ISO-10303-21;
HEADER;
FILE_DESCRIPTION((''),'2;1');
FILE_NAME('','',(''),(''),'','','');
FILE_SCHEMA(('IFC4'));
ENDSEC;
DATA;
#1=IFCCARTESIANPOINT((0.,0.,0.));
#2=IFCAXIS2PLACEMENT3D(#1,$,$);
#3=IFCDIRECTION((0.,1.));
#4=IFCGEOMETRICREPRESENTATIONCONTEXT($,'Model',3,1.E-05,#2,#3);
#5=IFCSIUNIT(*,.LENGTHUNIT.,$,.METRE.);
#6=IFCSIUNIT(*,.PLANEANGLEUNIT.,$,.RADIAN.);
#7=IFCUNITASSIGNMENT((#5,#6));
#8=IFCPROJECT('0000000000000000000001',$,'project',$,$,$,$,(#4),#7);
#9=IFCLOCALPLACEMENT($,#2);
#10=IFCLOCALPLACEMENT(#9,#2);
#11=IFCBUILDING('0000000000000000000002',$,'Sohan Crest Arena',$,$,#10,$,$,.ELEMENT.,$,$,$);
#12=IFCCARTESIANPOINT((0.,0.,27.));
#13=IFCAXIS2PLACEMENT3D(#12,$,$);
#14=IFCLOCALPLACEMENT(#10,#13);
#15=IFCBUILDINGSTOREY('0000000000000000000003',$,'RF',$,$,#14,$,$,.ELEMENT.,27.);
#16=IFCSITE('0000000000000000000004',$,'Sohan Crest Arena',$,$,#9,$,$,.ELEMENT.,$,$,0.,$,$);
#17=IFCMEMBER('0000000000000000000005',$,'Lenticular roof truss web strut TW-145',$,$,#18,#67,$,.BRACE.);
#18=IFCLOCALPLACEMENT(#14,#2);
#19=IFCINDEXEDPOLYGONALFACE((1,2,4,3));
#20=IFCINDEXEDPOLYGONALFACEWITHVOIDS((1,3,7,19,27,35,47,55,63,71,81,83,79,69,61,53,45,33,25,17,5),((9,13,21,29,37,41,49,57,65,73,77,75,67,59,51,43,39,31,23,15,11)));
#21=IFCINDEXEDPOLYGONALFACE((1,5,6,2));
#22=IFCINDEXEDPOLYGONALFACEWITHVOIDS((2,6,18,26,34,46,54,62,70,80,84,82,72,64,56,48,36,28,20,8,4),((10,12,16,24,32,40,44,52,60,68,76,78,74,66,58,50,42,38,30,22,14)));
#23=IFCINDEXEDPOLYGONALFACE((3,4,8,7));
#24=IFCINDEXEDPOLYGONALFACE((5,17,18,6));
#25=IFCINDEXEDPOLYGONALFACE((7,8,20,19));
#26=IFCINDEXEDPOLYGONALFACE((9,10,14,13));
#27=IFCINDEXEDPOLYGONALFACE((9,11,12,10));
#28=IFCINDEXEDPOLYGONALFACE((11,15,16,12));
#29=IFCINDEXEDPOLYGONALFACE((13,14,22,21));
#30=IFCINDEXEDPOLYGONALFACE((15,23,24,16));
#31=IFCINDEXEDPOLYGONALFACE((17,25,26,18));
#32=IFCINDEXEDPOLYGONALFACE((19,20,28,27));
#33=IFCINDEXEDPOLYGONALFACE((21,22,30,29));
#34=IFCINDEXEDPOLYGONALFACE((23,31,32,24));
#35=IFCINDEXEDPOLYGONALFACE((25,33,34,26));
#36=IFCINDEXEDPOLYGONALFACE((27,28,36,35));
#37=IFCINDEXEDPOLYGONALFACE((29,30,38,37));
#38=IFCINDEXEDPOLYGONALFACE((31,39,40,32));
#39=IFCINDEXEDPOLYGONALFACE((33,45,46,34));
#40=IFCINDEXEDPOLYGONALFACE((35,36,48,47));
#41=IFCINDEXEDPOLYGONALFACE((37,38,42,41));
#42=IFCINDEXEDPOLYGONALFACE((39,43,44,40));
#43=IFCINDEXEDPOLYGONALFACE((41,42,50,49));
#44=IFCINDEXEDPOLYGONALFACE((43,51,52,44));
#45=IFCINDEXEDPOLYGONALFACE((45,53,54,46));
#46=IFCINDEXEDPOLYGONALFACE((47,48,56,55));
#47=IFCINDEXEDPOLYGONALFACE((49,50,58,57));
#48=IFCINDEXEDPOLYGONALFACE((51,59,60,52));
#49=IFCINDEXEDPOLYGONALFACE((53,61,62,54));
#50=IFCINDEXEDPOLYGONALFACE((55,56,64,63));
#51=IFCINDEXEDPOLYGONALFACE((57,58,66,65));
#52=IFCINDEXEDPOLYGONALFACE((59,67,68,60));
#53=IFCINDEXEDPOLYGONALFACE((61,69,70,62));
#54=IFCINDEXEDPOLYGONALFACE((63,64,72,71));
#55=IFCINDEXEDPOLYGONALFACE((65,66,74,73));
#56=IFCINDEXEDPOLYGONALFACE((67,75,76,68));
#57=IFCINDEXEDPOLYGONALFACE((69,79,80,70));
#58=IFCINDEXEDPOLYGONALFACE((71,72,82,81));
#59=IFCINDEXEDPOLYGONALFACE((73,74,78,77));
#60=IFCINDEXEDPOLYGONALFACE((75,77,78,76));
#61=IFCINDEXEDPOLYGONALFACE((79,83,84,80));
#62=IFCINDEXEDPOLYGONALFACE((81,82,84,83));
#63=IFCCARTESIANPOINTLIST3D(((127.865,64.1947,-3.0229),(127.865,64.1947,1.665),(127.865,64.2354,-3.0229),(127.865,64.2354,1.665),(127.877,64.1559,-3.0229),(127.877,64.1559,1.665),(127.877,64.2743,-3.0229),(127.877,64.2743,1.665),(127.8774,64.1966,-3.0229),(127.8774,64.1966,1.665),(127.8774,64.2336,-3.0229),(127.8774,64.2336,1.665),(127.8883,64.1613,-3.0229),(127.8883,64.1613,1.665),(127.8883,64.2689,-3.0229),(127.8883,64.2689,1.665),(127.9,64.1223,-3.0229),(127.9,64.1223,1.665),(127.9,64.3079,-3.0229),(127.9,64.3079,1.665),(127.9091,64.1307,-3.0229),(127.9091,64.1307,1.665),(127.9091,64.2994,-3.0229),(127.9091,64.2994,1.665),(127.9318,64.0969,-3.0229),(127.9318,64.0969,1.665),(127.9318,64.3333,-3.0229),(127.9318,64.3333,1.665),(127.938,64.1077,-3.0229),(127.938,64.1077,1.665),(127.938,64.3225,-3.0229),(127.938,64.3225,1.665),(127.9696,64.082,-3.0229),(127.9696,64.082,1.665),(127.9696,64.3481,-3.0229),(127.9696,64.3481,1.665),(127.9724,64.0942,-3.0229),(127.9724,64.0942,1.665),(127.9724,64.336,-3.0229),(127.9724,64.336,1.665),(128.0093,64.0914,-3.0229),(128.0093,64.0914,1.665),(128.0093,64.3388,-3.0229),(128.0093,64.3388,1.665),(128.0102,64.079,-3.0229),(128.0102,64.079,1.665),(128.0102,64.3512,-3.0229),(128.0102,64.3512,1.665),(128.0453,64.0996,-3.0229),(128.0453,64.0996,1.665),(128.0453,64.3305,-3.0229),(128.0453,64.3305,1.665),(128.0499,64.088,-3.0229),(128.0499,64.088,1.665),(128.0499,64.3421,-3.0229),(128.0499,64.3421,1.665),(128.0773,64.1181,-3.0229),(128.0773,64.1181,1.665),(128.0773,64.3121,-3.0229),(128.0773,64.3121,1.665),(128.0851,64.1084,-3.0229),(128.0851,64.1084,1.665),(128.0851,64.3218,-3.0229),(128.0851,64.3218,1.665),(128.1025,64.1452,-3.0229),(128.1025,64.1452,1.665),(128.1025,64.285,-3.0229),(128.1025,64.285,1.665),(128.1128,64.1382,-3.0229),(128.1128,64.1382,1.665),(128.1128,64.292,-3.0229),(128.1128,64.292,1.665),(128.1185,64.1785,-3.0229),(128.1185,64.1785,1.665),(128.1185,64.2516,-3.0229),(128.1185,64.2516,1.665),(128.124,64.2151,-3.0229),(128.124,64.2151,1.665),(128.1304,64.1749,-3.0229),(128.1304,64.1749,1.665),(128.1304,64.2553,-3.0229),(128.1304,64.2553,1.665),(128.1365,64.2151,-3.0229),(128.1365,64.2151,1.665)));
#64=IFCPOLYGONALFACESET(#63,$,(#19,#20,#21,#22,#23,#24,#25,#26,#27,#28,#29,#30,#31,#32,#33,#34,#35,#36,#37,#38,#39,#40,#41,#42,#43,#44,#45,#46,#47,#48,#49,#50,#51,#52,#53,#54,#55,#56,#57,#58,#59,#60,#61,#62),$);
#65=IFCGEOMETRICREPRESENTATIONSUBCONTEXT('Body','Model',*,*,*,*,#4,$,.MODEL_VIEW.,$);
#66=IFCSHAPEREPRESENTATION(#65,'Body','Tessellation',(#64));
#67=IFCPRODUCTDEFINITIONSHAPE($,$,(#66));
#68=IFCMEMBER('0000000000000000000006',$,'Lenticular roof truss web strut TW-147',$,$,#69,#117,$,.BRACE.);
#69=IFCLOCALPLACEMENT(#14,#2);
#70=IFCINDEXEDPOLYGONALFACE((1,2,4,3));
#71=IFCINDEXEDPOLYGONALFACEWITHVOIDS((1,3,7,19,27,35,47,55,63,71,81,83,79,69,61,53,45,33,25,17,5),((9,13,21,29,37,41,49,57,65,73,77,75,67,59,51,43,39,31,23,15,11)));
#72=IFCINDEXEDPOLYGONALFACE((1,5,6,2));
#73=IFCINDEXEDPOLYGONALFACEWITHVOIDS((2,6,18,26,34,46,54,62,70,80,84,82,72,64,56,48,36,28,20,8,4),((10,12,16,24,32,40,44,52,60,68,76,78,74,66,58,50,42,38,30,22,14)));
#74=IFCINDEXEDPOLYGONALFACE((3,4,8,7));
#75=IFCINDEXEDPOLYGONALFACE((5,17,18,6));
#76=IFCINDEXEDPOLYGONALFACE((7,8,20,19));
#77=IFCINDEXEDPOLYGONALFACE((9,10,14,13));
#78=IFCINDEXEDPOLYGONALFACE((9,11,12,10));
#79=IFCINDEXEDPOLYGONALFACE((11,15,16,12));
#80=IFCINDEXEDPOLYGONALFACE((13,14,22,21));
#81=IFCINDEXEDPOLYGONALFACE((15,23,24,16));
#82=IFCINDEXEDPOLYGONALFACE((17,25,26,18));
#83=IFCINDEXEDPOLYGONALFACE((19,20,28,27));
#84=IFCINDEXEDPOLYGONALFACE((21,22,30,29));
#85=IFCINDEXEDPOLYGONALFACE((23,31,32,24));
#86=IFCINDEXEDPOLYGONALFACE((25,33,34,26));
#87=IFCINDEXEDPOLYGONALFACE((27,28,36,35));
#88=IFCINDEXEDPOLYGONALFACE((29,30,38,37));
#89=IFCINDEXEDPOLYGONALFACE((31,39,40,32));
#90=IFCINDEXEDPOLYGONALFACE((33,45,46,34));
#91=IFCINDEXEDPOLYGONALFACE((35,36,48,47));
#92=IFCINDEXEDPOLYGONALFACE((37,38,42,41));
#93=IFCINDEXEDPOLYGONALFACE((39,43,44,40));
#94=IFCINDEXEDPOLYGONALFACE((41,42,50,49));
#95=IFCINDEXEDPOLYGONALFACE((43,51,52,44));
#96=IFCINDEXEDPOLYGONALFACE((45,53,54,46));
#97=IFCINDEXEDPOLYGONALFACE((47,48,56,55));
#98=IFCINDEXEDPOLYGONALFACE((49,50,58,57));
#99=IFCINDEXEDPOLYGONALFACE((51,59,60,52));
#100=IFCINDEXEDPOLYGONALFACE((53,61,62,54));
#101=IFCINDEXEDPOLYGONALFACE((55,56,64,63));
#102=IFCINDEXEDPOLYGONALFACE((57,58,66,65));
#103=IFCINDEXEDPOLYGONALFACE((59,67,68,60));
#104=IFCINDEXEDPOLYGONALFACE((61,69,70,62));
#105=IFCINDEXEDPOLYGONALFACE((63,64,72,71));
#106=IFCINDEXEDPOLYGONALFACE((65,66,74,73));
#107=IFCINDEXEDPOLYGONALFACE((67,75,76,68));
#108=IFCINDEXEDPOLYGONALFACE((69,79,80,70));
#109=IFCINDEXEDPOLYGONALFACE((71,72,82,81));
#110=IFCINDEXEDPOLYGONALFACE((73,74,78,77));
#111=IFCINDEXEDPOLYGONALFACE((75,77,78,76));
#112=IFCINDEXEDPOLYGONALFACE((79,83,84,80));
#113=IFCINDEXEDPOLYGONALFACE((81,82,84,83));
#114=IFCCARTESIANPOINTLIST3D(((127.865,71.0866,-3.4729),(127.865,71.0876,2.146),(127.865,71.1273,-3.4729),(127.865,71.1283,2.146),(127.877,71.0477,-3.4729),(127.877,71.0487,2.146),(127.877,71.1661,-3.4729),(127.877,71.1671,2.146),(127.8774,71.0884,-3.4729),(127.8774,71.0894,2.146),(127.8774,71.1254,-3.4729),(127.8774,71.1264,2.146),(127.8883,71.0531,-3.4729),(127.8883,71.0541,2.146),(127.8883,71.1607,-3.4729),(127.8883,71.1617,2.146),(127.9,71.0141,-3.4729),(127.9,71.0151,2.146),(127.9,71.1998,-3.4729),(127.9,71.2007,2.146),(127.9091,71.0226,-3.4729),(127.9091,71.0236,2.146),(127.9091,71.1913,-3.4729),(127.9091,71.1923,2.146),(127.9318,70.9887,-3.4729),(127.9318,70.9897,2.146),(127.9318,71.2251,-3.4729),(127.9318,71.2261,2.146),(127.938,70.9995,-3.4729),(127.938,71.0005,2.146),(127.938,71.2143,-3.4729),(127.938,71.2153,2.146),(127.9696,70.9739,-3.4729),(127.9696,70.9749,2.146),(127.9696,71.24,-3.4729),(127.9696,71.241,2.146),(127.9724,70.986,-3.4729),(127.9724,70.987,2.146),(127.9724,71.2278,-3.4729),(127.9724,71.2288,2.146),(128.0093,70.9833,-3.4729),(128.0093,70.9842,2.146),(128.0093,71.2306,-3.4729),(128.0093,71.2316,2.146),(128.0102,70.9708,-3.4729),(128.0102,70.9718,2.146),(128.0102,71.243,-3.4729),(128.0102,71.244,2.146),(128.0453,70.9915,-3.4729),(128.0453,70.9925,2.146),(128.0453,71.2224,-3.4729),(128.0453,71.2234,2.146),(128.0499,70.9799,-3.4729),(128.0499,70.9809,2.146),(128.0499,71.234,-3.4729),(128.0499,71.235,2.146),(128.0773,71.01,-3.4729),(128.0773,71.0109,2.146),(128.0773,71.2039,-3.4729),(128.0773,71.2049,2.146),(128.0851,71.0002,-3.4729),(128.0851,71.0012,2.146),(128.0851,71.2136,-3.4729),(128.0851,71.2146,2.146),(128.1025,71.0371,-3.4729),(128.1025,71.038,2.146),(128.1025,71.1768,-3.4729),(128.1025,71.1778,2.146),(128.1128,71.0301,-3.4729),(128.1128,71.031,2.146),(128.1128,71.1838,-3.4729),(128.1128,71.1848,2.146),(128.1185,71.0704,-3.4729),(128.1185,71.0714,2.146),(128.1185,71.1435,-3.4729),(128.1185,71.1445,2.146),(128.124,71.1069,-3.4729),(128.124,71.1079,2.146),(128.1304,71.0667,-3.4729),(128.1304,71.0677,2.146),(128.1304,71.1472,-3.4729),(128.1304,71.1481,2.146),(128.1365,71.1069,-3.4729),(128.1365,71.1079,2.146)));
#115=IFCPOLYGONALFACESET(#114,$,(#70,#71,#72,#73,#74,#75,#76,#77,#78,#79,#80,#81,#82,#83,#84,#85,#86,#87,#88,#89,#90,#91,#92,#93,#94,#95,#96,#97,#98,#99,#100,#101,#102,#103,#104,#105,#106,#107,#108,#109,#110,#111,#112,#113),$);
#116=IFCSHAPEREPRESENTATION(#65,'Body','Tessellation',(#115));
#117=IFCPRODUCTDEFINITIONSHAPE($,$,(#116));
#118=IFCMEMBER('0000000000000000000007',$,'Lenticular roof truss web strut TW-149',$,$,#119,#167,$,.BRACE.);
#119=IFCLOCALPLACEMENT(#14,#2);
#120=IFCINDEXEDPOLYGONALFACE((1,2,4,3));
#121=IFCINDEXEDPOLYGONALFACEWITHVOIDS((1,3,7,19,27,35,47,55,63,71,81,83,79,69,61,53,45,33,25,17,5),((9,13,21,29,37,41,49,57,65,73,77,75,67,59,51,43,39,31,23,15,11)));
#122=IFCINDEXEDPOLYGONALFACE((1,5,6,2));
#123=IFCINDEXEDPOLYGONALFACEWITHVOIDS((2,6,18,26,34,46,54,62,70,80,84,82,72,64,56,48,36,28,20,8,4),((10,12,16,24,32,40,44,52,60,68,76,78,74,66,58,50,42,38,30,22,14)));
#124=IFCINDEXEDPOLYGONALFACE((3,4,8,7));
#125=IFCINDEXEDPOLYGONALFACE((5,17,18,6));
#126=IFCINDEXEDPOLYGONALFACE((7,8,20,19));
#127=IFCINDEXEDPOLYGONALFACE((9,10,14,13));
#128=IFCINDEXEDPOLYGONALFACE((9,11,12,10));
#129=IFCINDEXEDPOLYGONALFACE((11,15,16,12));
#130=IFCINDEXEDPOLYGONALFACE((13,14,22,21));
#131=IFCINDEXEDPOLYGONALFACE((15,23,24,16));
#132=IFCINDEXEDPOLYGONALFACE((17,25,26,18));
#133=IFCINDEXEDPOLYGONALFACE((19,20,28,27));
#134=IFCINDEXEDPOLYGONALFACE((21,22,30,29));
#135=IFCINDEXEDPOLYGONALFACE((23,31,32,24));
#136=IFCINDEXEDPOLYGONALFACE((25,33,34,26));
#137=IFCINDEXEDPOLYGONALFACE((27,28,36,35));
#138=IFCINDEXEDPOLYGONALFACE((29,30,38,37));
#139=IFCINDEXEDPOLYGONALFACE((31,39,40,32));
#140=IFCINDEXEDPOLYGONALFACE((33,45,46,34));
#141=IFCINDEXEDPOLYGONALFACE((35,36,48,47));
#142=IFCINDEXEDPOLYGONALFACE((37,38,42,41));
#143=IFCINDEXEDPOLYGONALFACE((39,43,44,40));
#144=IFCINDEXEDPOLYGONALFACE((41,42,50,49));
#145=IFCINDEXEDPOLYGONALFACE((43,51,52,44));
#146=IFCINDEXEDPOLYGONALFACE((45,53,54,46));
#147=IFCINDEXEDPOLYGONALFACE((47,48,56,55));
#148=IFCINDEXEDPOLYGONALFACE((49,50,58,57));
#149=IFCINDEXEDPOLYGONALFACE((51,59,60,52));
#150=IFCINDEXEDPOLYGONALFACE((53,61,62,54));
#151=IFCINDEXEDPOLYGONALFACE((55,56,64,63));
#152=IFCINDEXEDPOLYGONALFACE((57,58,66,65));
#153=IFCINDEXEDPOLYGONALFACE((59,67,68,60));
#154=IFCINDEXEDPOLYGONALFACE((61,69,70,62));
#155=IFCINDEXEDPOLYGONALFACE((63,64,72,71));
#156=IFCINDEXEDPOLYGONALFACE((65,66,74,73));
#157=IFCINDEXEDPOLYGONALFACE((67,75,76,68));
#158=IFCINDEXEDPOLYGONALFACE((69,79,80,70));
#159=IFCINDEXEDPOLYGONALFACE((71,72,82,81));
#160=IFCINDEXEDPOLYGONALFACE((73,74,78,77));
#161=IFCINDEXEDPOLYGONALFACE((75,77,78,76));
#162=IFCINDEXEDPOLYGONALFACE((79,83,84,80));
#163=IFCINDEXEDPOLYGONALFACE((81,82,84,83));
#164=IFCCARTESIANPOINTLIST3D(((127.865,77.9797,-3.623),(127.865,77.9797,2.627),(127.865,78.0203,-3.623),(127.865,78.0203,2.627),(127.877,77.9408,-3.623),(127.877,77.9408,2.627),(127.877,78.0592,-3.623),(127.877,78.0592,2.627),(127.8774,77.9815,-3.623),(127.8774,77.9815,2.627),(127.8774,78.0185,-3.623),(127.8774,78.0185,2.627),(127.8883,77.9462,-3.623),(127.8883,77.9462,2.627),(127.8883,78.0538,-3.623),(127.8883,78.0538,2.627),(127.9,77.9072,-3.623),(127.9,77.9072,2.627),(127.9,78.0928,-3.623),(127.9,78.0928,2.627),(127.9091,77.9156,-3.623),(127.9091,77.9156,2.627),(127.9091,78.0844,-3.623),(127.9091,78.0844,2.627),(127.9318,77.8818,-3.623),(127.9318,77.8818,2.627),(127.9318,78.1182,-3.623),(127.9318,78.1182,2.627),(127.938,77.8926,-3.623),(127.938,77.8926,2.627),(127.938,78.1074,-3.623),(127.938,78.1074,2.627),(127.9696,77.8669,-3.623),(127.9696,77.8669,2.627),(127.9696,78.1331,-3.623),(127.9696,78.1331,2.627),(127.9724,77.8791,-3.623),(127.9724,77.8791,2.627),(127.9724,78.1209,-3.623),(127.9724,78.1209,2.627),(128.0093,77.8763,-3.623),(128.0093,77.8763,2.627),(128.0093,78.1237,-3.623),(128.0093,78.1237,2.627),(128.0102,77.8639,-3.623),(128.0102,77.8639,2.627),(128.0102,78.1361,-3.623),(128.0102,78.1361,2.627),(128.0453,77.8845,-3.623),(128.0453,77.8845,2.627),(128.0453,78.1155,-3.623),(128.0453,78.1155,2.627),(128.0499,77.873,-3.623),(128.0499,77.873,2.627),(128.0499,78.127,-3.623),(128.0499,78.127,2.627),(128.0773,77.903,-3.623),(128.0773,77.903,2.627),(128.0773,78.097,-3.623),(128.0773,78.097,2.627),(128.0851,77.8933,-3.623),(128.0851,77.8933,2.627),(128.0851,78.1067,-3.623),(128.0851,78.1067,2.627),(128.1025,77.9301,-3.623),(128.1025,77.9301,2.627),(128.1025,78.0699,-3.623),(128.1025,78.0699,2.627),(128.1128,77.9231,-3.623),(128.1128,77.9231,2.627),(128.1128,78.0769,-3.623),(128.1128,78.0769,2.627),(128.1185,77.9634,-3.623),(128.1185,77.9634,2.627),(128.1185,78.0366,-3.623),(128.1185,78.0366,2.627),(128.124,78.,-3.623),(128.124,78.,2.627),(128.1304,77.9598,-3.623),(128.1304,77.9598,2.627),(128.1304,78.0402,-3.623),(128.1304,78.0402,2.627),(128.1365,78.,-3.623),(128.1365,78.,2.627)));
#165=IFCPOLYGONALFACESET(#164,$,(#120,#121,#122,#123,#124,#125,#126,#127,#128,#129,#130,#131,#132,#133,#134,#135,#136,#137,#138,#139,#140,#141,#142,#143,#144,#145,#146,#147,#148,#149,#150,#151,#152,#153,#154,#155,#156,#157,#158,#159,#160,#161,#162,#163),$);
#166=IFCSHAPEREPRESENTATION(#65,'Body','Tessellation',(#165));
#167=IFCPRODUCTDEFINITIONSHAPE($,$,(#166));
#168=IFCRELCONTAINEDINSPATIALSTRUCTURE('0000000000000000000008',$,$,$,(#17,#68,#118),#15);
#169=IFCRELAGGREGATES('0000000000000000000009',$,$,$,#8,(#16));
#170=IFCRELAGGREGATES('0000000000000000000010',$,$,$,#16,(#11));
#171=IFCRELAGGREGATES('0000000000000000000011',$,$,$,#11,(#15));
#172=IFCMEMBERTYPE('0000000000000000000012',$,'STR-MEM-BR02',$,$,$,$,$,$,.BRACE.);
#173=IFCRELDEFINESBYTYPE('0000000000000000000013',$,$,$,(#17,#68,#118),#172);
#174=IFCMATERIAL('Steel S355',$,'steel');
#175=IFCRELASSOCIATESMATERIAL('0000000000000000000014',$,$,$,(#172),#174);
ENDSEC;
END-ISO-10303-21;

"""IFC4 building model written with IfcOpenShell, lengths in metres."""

from ifc_helpers import new_model, si_unit, direction, frame, origin, origin_2d, place, context, subcontext, project, spatial, hollow_circle, extrude, material, material_profile, profile_set, type_object, element, save


model = new_model("IFC4")

# Units and contexts
model_context = context("Model", 3, precision=1e-05, world=origin(), true_north=direction((0.0, 1.0)))
body_context = subcontext(model_context, "Body", "Model", "MODEL_VIEW")
ifc_project = project(units=[si_unit("LENGTHUNIT", "METRE"), si_unit("PLANEANGLEUNIT", "RADIAN")], contexts=[model_context])

# Site, building, storey
site_placement = place(None, origin())
site = spatial("IfcSite", under=ifc_project, at=site_placement, Name="Sohan Crest Arena", CompositionType="ELEMENT", RefElevation=0.0)
building_placement = place(site_placement, origin())
building = spatial("IfcBuilding", under=site, at=building_placement, Name="Sohan Crest Arena", CompositionType="ELEMENT")
storey_placement = place(building_placement, frame((0.0, 0.0, 27.0)))
storey = spatial("IfcBuildingStorey", under=building, at=storey_placement, Name="RF", CompositionType="ELEMENT", Elevation=27.0)

# Shared definitions
ifc_material_1 = material(Name="Steel S355", Category="steel")

# Members
ifc_material_profile_1 = material_profile(ifc_material_1, hollow_circle(Radius=0.1365, WallThickness=0.0125, at=origin_2d()), Name="CHS 273x12.5")
ifc_profile_set_1 = profile_set([ifc_material_profile_1], Name="Steel S355")
member_type_1 = type_object("IfcMemberType", Name="STR-MEM-BR02", PredefinedType="BRACE", material=ifc_profile_set_1)
member_1_placement = place(storey_placement, frame((128.0, 64.2151, -3.0229), z_axis=(0.0, 0.0, 1.0), x_axis=(1.0, 0.0, 0.0)))
element("IfcMember", 1, at=member_1_placement, inside=storey, type_object=member_type_1, Name="Lenticular roof truss web strut TW-145", PredefinedType="BRACE", context=body_context, shape_type="SweptSolid", body=[
    extrude(hollow_circle(Radius=0.1365, WallThickness=0.0125, at=origin_2d()), origin(), (0.0, 0.0, 1.0), 4.688),
])
member_2_placement = place(storey_placement, frame((128.0, 71.1069, -3.4729), z_axis=(0.0, 0.000174, 1.0), x_axis=(1.0, 0.0, 0.0)))
element("IfcMember", 2, at=member_2_placement, inside=storey, type_object=member_type_1, Name="Lenticular roof truss web strut TW-147", PredefinedType="BRACE", context=body_context, shape_type="SweptSolid", body=[
    extrude(hollow_circle(Radius=0.1365, WallThickness=0.0125, at=origin_2d()), origin(), (0.0, 0.0, 1.0), 5.6189),
])
member_3_placement = place(storey_placement, frame((128.0, 78.0, -3.623), z_axis=(0.0, 0.0, 1.0), x_axis=(1.0, 0.0, 0.0)))
element("IfcMember", 3, at=member_3_placement, inside=storey, type_object=member_type_1, Name="Lenticular roof truss web strut TW-149", PredefinedType="BRACE", context=body_context, shape_type="SweptSolid", body=[
    extrude(hollow_circle(Radius=0.1365, WallThickness=0.0125, at=origin_2d()), origin(), (0.0, 0.0, 1.0), 6.25),
])

save(model, "model.ifc")
